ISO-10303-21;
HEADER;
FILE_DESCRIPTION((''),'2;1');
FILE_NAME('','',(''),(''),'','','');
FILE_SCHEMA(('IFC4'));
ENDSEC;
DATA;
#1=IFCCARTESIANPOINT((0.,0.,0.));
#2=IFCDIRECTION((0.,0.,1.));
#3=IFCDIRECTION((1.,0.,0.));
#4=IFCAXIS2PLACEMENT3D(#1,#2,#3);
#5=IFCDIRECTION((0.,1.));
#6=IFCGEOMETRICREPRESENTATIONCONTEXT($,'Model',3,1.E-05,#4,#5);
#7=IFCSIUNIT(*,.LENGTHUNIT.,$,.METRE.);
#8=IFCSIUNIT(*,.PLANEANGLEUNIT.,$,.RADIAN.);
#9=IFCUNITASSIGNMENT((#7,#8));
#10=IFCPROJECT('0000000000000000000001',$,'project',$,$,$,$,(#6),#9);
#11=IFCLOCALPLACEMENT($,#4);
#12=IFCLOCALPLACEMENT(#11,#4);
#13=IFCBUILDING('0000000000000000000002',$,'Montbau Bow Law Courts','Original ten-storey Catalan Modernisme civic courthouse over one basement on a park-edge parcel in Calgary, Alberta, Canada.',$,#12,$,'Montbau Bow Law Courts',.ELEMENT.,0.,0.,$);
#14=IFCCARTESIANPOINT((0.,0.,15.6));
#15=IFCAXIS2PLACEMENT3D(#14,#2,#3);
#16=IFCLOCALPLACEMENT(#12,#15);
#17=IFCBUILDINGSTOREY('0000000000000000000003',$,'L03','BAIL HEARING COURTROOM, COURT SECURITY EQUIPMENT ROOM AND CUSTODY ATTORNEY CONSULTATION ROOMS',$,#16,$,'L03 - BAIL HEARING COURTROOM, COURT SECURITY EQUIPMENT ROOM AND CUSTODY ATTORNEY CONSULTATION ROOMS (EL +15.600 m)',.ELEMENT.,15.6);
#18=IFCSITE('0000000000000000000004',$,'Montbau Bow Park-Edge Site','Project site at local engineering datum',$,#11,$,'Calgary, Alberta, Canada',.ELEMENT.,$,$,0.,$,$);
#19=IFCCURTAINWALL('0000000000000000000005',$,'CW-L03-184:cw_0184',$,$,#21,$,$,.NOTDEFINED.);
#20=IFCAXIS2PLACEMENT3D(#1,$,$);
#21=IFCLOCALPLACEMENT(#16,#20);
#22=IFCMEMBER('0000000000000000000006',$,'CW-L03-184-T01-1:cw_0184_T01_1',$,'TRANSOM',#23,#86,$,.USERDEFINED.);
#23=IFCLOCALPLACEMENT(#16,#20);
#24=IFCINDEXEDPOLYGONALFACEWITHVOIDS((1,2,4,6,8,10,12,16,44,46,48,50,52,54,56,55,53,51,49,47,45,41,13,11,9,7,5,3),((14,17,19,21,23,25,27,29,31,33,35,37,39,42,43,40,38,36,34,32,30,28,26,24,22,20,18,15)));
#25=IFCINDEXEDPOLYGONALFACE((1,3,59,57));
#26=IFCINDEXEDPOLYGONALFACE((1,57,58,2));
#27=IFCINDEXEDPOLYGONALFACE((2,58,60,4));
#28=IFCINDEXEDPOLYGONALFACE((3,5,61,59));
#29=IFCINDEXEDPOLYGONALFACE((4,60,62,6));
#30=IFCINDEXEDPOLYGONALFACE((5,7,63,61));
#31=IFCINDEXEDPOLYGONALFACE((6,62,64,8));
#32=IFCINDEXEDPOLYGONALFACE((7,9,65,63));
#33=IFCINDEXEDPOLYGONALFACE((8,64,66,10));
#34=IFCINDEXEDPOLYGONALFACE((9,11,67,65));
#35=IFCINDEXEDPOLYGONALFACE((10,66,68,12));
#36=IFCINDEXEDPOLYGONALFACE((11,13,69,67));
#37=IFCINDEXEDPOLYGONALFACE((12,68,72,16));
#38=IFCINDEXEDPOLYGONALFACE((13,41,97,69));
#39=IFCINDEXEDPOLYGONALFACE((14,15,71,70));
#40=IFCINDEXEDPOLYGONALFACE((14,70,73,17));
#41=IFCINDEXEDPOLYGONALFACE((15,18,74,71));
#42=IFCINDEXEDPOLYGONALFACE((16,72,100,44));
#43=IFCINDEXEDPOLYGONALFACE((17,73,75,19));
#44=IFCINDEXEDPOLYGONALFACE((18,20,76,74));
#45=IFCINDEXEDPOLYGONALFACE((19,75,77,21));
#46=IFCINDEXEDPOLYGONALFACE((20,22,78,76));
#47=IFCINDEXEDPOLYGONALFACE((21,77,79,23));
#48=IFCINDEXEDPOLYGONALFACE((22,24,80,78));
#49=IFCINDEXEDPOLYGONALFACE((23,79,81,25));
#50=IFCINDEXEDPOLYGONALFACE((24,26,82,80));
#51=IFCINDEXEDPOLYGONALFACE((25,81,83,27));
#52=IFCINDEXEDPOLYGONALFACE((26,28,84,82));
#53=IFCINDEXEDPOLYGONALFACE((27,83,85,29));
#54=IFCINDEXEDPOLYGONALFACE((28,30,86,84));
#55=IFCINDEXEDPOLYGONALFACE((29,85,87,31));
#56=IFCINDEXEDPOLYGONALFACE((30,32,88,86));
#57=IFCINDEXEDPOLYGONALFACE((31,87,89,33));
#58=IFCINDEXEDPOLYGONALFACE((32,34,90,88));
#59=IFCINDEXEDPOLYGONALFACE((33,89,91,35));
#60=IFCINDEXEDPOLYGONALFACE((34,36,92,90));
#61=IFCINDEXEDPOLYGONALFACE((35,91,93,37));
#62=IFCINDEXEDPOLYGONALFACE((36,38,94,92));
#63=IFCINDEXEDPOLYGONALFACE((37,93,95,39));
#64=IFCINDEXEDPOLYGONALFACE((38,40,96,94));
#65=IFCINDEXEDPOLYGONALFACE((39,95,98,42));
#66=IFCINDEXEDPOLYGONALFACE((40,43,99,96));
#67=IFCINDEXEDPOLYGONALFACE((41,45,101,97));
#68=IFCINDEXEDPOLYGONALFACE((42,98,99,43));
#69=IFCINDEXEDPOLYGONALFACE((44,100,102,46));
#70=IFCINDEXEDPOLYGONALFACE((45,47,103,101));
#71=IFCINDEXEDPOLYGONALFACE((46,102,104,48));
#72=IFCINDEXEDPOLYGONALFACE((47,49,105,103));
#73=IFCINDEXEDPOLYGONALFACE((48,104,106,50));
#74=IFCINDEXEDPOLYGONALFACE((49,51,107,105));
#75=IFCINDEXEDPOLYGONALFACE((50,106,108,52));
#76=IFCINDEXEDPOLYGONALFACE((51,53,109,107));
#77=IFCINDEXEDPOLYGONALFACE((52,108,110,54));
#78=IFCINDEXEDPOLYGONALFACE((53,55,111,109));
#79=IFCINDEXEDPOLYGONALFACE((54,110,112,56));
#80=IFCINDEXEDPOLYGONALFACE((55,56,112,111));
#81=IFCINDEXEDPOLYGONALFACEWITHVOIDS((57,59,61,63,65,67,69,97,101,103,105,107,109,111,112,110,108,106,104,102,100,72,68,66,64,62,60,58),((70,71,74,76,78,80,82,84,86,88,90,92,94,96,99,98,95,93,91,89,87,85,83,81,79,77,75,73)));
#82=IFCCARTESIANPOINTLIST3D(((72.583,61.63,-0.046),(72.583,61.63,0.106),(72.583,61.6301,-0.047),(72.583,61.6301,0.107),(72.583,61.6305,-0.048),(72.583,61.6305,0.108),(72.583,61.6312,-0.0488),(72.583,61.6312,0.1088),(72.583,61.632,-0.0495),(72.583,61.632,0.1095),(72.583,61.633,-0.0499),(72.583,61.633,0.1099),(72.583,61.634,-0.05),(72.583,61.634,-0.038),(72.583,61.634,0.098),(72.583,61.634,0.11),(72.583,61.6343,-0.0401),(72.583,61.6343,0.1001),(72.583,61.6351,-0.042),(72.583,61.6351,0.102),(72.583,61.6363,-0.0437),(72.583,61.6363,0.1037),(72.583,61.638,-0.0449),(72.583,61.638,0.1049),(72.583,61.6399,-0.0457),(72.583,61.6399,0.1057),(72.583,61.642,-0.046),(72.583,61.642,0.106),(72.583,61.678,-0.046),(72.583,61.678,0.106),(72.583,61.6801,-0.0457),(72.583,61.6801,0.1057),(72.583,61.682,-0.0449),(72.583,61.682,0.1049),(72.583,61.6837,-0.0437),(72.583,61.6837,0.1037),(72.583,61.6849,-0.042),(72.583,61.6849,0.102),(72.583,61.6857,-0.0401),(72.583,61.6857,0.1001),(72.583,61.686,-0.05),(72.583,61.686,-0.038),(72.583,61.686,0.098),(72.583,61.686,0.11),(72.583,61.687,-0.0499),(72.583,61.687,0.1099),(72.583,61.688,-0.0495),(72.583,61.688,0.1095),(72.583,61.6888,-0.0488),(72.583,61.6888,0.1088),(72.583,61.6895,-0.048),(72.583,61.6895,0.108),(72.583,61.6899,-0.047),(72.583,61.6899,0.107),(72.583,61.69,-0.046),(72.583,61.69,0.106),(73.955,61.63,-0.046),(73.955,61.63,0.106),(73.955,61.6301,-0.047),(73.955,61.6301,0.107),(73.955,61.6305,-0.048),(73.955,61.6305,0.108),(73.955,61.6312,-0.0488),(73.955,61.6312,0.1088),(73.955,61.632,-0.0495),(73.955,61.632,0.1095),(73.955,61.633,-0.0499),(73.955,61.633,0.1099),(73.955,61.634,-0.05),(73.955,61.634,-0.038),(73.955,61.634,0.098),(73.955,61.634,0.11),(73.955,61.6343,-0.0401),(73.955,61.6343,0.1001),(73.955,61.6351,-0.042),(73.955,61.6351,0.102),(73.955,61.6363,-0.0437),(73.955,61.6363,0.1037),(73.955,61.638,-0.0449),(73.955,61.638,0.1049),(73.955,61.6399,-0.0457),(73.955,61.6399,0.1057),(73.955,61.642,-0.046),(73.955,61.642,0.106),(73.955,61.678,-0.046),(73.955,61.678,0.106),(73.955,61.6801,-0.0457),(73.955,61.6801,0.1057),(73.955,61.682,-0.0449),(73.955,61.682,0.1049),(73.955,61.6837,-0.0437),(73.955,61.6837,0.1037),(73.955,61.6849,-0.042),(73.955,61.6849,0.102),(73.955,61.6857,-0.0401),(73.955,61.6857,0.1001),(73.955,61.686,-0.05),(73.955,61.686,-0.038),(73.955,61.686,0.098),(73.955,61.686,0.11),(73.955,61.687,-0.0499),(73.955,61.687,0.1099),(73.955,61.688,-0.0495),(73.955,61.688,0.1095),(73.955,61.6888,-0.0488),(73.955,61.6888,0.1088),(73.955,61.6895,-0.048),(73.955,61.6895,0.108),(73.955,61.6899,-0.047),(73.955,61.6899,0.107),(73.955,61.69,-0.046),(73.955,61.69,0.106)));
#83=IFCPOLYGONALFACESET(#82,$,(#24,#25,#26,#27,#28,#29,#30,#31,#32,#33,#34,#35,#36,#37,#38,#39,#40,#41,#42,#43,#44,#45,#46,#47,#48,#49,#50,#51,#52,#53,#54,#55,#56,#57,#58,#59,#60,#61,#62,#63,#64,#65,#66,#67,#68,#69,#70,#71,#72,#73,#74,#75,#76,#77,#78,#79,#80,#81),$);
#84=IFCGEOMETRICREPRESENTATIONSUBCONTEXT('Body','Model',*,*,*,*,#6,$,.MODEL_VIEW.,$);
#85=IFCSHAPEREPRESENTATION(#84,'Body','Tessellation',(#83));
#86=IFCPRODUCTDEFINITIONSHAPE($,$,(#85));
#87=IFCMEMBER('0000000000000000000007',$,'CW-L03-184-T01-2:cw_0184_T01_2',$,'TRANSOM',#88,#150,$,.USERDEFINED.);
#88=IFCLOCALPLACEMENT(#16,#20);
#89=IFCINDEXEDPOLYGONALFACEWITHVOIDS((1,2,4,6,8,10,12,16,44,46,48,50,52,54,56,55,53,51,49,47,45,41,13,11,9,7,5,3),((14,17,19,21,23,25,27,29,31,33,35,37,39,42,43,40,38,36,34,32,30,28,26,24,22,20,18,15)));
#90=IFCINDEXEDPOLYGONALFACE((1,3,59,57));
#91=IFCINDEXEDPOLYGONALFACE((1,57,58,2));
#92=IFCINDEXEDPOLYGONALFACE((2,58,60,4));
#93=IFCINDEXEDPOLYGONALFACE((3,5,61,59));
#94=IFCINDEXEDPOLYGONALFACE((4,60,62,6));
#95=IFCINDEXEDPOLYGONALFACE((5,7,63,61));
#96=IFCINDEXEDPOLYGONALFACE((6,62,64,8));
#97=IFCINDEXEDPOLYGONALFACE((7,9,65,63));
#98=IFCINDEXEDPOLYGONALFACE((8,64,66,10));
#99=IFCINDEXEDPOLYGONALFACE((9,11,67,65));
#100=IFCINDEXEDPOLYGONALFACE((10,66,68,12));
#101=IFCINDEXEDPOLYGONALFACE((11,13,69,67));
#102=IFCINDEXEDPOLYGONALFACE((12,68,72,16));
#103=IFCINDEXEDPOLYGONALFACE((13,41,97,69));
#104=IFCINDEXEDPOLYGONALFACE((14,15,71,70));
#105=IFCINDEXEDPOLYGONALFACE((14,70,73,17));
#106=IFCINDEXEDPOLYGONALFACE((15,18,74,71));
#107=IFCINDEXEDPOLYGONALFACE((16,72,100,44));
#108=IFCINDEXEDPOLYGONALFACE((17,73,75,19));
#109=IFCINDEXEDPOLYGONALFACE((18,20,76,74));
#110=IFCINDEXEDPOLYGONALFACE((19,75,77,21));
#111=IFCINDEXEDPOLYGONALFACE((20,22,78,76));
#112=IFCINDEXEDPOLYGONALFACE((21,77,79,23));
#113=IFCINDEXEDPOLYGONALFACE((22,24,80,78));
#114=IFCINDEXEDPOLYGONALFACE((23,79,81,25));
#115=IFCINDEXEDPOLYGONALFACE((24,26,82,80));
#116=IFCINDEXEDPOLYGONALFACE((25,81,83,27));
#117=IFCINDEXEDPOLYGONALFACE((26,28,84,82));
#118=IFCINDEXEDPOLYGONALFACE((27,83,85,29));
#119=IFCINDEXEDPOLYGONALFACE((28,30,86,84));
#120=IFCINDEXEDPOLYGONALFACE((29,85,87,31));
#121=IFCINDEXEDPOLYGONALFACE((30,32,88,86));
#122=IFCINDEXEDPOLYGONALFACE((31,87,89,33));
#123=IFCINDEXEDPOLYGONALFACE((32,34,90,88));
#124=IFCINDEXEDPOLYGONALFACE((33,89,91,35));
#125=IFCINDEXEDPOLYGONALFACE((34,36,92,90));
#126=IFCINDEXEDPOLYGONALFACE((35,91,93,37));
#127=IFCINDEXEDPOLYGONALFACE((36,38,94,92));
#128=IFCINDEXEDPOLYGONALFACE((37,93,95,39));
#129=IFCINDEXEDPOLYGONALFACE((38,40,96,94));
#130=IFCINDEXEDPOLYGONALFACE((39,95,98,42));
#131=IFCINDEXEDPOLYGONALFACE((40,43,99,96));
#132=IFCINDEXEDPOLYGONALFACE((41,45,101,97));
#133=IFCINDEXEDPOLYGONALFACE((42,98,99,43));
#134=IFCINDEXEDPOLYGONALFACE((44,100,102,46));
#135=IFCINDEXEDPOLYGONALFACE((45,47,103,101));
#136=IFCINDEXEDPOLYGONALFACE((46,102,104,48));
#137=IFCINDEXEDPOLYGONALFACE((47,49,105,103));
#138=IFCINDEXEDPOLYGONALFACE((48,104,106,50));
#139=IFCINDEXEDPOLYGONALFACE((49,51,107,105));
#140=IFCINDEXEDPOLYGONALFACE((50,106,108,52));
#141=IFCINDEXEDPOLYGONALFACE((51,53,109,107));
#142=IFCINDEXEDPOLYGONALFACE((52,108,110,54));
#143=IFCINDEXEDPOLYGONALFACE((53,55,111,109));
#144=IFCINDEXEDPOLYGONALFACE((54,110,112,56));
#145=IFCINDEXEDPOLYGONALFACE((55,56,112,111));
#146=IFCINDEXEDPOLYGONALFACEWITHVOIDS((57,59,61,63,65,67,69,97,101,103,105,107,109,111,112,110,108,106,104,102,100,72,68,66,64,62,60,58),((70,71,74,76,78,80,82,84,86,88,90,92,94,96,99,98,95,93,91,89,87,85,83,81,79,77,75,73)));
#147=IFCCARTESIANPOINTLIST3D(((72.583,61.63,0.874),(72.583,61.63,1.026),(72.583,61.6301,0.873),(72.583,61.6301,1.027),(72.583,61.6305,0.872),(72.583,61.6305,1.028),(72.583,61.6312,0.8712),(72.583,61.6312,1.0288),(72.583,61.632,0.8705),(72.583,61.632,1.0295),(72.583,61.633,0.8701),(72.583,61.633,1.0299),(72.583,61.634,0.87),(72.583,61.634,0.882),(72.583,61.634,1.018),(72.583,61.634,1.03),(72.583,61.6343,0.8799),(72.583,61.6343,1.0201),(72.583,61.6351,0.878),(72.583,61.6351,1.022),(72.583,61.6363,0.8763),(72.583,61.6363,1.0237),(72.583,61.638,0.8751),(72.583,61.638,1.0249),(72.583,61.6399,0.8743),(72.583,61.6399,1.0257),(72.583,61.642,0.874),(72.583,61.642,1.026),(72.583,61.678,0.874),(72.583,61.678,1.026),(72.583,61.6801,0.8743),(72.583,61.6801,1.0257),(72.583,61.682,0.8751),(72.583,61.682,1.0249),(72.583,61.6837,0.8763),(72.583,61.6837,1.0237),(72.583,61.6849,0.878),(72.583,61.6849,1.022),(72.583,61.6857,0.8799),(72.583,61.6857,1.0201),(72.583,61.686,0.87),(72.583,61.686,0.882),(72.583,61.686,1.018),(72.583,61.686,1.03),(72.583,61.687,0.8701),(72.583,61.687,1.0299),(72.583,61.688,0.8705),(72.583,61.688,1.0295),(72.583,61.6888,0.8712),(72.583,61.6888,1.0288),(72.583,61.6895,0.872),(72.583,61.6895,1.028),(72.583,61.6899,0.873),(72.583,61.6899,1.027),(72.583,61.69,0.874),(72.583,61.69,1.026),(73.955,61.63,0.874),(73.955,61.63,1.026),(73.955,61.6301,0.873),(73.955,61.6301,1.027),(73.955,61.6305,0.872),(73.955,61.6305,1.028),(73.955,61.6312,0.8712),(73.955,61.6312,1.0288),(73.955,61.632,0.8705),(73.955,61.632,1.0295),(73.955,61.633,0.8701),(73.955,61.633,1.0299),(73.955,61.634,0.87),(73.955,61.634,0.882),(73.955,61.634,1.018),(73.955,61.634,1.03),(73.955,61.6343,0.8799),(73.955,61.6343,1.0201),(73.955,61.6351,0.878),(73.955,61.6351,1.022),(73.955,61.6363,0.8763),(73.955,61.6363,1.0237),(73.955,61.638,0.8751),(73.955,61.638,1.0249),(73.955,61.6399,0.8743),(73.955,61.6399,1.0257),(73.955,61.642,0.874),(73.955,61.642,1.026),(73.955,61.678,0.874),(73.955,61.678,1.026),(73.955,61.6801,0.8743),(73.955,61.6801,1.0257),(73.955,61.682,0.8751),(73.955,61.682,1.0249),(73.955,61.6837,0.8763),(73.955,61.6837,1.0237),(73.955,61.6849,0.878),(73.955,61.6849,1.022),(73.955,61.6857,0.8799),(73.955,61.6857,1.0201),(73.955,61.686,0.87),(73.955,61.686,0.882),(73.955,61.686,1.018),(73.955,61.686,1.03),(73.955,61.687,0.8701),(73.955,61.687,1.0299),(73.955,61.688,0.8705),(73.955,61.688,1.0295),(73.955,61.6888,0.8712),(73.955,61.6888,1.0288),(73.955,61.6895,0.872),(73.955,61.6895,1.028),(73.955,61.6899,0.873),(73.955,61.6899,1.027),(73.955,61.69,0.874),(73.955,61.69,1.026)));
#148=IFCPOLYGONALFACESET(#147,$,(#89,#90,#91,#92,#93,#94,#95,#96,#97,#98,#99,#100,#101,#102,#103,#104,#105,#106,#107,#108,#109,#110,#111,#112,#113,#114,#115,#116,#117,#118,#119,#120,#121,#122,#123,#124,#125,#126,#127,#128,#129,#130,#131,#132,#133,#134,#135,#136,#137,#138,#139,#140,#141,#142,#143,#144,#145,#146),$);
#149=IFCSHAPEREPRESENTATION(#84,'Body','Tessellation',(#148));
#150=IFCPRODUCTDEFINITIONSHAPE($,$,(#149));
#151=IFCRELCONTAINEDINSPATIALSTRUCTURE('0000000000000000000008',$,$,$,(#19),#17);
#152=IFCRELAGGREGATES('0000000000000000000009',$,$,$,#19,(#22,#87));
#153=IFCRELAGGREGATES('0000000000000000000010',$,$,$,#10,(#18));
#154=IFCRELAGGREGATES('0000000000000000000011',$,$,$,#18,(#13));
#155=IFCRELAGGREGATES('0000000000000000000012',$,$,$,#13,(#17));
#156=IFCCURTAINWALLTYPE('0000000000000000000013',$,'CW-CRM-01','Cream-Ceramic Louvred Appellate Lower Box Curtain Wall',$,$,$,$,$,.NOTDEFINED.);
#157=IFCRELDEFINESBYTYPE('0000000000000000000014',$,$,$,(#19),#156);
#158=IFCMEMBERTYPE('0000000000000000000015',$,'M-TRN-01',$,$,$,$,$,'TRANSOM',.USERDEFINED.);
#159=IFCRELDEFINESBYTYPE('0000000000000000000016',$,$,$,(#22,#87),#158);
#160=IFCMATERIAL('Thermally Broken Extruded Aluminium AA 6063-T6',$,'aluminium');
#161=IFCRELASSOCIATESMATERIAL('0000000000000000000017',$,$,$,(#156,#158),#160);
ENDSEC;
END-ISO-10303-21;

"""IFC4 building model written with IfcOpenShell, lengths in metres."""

from ifc_helpers import new_model, si_unit, direction, frame, origin_with_axes, origin_2d_with_axis, place, context, subcontext, project, spatial, hollow_rectangle, extrude, material, material_profile, profile_set, type_object, element, aggregate, save


model = new_model("IFC4")

# Units and contexts
model_context = context("Model", 3, precision=1e-05, world=origin_with_axes(), true_north=direction((0.0, 1.0)))
body_context = subcontext(model_context, "Body", "Model", "MODEL_VIEW")
ifc_project = project(units=[si_unit("LENGTHUNIT", "METRE"), si_unit("PLANEANGLEUNIT", "RADIAN")], contexts=[model_context])

# Site, building, storey
site_placement = place(None, origin_with_axes())
site = spatial("IfcSite", under=ifc_project, at=site_placement, Name="Montbau Bow Park-Edge Site", Description="Project site at local engineering datum", LongName="Calgary, Alberta, Canada", CompositionType="ELEMENT", RefElevation=0.0)
building_placement = place(site_placement, origin_with_axes())
building = spatial("IfcBuilding", under=site, at=building_placement, Name="Montbau Bow Law Courts", Description="Original ten-storey Catalan Modernisme civic courthouse over one basement on a park-edge parcel in Calgary, Alberta, Canada.", LongName="Montbau Bow Law Courts", CompositionType="ELEMENT", ElevationOfRefHeight=0.0, ElevationOfTerrain=0.0)
storey_placement = place(building_placement, frame((0.0, 0.0, 15.6), z_axis=(0.0, 0.0, 1.0), x_axis=(1.0, 0.0, 0.0)))
storey = spatial("IfcBuildingStorey", under=building, at=storey_placement, Name="L03", Description="BAIL HEARING COURTROOM, COURT SECURITY EQUIPMENT ROOM AND CUSTODY ATTORNEY CONSULTATION ROOMS", LongName="L03 - BAIL HEARING COURTROOM, COURT SECURITY EQUIPMENT ROOM AND CUSTODY ATTORNEY CONSULTATION ROOMS (EL +15.600 m)", CompositionType="ELEMENT", Elevation=15.6)

# Curtain wall, members
ifc_material_1 = material(Name="Thermally Broken Extruded Aluminium AA 6063-T6", Category="aluminium")
curtain_wall_type = type_object("IfcCurtainWallType", Name="CW-CRM-01", Description="Cream-Ceramic Louvred Appellate Lower Box Curtain Wall", PredefinedType="NOTDEFINED", material=ifc_material_1)
curtain_wall_1_placement = place(None, frame((72.515, 61.66, 15.6), z_axis=(0.0, 0.0, 1.0), x_axis=(1.0, 0.0, 0.0)))
curtain_wall_1 = element("IfcCurtainWall", 1, at=curtain_wall_1_placement, inside=storey, type_object=curtain_wall_type, Name="CW-L03-184:cw_0184", PredefinedType="NOTDEFINED")
ifc_material_profile_1 = material_profile(ifc_material_1, hollow_rectangle(XDim=0.06, YDim=0.16, WallThickness=0.004, InnerFilletRadius=0.008, OuterFilletRadius=0.004, at=origin_2d_with_axis()), Name="CWT-160X60", Category="Main", Priority=0)
ifc_profile_set_1 = profile_set([ifc_material_profile_1], Name="Thermally Broken Extruded Aluminium AA 6063-T6")
member_type_1 = type_object("IfcMemberType", Name="M-TRN-01", ElementType="TRANSOM", PredefinedType="USERDEFINED", material=ifc_profile_set_1)
member_1_placement = place(None, frame((72.583, 61.66, 15.63), z_axis=(1.0, 0.0, 0.0), x_axis=(0.0, 1.0, 0.0)))
member_1 = element("IfcMember", 2, at=member_1_placement, type_object=member_type_1, Name="CW-L03-184-T01-1:cw_0184_T01_1", ObjectType="TRANSOM", PredefinedType="USERDEFINED", context=body_context, shape_type="SweptSolid", body=[
    extrude(hollow_rectangle(XDim=0.06, YDim=0.16, WallThickness=0.004, InnerFilletRadius=0.008, OuterFilletRadius=0.004, at=origin_2d_with_axis()), origin_with_axes(), (0.0, 0.0, 1.0), 1.372),
])
member_2_placement = place(None, frame((72.583, 61.66, 16.55), z_axis=(1.0, 0.0, 0.0), x_axis=(0.0, 1.0, 0.0)))
member_2 = element("IfcMember", 3, at=member_2_placement, type_object=member_type_1, Name="CW-L03-184-T01-2:cw_0184_T01_2", ObjectType="TRANSOM", PredefinedType="USERDEFINED", context=body_context, shape_type="SweptSolid", body=[
    extrude(hollow_rectangle(XDim=0.06, YDim=0.16, WallThickness=0.004, InnerFilletRadius=0.008, OuterFilletRadius=0.004, at=origin_2d_with_axis()), origin_with_axes(), (0.0, 0.0, 1.0), 1.372),
])

aggregate(curtain_wall_1, [member_1, member_2])

save(model, "model.ifc")
